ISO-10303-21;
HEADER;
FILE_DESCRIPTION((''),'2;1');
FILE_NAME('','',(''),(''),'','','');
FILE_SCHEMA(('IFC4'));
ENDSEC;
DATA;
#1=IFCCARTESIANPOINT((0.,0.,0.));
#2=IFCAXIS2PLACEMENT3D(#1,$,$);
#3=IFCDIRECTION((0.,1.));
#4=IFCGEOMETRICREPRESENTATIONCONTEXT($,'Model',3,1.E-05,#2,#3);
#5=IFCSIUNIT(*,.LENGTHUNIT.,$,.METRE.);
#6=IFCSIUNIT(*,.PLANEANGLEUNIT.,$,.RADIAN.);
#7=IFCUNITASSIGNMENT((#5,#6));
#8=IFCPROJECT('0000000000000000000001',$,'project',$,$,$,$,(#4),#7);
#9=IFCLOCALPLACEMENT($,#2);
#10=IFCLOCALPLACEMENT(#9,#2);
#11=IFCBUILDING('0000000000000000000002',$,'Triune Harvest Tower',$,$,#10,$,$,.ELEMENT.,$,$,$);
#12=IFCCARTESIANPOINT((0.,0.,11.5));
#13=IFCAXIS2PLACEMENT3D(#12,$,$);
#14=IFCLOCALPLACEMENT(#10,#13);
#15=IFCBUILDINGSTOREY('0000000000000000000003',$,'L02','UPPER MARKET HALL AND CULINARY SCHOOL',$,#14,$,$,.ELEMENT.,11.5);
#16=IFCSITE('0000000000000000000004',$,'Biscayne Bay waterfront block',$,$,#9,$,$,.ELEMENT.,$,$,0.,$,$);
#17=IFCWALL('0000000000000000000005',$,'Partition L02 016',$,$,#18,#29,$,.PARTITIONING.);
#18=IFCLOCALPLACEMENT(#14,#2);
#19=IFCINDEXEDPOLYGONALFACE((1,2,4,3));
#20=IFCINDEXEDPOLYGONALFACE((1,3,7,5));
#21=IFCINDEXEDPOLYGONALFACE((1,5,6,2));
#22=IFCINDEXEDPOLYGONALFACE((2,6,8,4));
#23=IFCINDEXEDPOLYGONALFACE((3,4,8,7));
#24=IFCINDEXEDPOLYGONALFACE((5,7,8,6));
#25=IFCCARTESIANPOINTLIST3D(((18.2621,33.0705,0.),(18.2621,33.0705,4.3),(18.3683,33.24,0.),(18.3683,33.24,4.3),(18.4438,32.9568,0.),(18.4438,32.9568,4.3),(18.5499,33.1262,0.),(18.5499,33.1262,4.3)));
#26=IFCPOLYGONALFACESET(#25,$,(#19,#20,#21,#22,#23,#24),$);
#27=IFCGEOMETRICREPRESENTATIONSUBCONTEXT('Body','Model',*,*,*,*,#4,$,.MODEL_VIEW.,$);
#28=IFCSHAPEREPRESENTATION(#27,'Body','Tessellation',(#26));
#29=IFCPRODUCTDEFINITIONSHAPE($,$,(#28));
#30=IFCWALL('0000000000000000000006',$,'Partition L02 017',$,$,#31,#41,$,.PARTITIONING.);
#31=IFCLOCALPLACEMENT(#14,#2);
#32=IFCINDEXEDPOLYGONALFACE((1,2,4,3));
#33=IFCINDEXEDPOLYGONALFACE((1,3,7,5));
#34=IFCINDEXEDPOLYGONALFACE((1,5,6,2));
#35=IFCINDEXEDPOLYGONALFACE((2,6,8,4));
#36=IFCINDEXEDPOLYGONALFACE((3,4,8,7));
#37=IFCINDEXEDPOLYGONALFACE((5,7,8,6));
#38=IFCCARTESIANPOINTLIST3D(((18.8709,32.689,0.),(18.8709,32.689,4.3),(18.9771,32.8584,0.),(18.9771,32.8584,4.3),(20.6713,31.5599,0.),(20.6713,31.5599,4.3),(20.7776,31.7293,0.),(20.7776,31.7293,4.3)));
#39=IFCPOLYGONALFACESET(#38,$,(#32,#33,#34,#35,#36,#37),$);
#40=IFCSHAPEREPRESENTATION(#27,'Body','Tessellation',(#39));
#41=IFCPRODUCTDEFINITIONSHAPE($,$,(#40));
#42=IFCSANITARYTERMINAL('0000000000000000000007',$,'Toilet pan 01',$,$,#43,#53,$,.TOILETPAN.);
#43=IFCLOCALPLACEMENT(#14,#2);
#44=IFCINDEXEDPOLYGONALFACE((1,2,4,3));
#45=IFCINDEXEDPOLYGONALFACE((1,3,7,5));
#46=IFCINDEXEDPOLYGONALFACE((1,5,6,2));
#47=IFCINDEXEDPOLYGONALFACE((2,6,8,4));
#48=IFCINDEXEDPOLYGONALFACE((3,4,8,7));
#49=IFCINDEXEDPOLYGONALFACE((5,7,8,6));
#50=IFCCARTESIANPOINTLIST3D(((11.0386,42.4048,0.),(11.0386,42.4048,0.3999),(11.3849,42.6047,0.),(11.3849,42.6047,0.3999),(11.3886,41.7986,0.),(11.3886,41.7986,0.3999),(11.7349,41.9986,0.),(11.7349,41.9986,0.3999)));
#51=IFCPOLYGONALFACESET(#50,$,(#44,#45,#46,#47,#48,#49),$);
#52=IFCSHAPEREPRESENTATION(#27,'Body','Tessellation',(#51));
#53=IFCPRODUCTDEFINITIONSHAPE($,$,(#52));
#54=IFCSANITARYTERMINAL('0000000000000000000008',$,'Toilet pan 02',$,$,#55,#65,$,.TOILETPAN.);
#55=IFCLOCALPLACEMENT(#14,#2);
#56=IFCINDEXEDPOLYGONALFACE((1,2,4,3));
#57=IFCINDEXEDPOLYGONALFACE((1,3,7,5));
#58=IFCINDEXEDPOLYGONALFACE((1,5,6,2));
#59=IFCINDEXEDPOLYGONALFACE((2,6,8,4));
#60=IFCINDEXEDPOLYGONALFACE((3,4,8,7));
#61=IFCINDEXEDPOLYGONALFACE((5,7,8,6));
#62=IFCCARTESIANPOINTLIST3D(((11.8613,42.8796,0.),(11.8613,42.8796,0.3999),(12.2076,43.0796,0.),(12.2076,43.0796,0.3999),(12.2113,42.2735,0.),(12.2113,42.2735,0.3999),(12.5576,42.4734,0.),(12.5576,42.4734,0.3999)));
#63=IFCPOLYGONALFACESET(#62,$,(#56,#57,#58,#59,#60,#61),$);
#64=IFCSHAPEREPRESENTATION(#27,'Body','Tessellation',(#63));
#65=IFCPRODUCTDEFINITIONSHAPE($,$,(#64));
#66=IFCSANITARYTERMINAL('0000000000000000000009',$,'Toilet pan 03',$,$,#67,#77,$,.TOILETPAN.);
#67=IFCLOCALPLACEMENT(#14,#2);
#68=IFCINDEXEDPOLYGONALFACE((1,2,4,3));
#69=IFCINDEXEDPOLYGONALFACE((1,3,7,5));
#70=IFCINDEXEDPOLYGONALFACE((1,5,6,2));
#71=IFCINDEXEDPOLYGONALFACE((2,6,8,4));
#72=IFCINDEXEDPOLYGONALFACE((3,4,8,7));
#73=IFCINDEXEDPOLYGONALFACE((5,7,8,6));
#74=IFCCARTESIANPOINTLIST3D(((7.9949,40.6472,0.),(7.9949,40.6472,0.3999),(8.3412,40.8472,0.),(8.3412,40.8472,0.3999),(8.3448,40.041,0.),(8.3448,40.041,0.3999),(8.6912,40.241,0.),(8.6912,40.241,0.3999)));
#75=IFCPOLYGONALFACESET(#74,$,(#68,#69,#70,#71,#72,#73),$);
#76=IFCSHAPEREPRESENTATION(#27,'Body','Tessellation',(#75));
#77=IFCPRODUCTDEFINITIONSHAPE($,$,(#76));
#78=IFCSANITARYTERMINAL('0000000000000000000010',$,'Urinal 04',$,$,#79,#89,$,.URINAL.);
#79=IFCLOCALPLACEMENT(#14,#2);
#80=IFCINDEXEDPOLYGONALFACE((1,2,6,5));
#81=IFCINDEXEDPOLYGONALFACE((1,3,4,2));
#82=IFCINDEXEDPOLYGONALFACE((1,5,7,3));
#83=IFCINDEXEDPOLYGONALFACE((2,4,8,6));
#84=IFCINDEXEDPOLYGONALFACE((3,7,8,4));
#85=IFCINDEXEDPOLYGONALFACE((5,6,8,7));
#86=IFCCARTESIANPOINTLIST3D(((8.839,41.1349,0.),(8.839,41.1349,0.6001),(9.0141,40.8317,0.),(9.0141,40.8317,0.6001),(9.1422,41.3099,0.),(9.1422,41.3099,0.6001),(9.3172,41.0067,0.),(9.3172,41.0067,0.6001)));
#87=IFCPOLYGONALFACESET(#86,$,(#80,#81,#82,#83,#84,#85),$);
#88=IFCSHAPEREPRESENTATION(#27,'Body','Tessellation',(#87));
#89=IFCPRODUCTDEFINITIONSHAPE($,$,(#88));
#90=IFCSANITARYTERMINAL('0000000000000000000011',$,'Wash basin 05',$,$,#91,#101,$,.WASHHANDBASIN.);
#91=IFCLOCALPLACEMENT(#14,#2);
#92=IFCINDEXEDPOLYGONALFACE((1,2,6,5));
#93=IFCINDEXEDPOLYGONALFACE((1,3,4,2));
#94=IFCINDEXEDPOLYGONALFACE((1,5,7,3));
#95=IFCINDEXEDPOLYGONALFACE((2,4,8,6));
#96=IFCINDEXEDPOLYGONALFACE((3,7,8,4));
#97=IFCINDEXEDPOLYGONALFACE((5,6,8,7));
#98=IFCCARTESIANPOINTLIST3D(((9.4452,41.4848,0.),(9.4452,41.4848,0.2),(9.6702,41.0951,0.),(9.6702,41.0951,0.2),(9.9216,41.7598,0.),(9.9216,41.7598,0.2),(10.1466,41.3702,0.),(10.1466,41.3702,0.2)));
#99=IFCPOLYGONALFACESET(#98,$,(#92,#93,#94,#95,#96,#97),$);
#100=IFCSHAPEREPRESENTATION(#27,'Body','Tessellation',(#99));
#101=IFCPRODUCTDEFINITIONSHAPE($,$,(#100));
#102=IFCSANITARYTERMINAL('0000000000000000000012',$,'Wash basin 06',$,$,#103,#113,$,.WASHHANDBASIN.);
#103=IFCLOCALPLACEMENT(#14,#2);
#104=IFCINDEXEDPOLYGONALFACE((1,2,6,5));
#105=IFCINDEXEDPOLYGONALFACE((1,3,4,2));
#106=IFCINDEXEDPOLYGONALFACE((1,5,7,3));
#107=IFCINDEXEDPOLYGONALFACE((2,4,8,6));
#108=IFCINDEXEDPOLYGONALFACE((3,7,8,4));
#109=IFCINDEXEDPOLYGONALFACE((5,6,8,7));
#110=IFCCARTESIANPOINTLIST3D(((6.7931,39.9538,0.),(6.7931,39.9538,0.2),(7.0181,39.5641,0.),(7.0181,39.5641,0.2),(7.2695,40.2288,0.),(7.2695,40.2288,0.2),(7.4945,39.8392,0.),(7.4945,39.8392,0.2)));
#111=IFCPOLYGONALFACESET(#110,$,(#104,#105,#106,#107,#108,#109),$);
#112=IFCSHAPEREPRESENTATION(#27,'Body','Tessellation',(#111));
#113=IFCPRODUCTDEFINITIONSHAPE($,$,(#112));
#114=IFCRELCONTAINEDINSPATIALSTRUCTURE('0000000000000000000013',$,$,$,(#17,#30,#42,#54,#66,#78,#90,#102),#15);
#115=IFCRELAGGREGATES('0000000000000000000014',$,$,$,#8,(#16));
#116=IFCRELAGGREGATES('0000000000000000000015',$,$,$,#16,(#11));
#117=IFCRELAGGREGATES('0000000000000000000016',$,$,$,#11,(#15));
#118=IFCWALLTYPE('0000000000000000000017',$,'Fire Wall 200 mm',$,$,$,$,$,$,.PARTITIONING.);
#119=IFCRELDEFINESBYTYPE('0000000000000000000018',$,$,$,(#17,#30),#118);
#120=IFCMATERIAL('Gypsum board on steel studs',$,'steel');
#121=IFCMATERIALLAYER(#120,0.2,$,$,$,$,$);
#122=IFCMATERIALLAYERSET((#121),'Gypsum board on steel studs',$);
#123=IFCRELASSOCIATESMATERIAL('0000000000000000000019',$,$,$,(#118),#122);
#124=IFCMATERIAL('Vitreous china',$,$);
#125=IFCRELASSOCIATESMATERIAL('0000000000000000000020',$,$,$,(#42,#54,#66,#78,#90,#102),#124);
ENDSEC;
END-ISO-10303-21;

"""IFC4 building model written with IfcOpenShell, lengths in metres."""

from ifc_helpers import new_model, si_unit, direction, frame, frame_2d, origin, origin_2d, place, context, subcontext, project, spatial, rectangle, extrude, source, transform, mapped, material, layer, layer_set, type_object, element, save


model = new_model("IFC4")

# Units and contexts
model_context = context("Model", 3, precision=1e-05, world=origin(), true_north=direction((0.0, 1.0)))
body_context = subcontext(model_context, "Body", "Model", "MODEL_VIEW")
ifc_project = project(units=[si_unit("LENGTHUNIT", "METRE"), si_unit("PLANEANGLEUNIT", "RADIAN")], contexts=[model_context])

# Site, building, storey
site_placement = place(None, origin())
site = spatial("IfcSite", under=ifc_project, at=site_placement, Name="Biscayne Bay waterfront block", CompositionType="ELEMENT", RefElevation=0.0)
building_placement = place(site_placement, origin())
building = spatial("IfcBuilding", under=site, at=building_placement, Name="Triune Harvest Tower", CompositionType="ELEMENT")
storey_placement = place(building_placement, frame((0.0, 0.0, 11.5)))
storey = spatial("IfcBuildingStorey", under=building, at=storey_placement, Name="L02", Description="UPPER MARKET HALL AND CULINARY SCHOOL", CompositionType="ELEMENT", Elevation=11.5)

# Walls
ifc_material_1 = material(Name="Gypsum board on steel studs", Category="steel")
ifc_layer_1 = layer(ifc_material_1, 0.2)
ifc_layer_set_1 = layer_set([ifc_layer_1], Name="Gypsum board on steel studs")
wall_type_1 = type_object("IfcWallType", Name="Fire Wall 200 mm", PredefinedType="PARTITIONING", material=ifc_layer_set_1)
wall_1_placement = place(storey_placement, frame((18.3152, 33.1553, 0.0), z_axis=(0.0, 0.0, 1.0), x_axis=(0.847486, -0.530818, 0.0)))
element("IfcWall", 1, at=wall_1_placement, inside=storey, type_object=wall_type_1, Name="Partition L02 016", PredefinedType="PARTITIONING", context=body_context, shape_type="SweptSolid", body=[
    extrude(rectangle(XDim=0.2144, YDim=0.2, at=frame_2d((0.1072, 0.0))), origin(), (0.0, 0.0, 1.0), 4.3),
])
wall_2_placement = place(storey_placement, frame((18.9241, 32.7737, 0.0), z_axis=(0.0, 0.0, 1.0), x_axis=(0.847191, -0.531289, 0.0)))
element("IfcWall", 2, at=wall_2_placement, inside=storey, type_object=wall_type_1, Name="Partition L02 017", PredefinedType="PARTITIONING", context=body_context, shape_type="SweptSolid", body=[
    extrude(rectangle(XDim=2.1252, YDim=0.2, at=frame_2d((1.0625, 0.0))), origin(), (0.0, 0.0, 1.0), 4.3),
])

# Sanitary terminals
ifc_material_2 = material(Name="Vitreous china")
shared_shape_1 = source(origin(), body_context, "Body", "SweptSolid", [
    extrude(rectangle(XDim=0.3999, YDim=0.7, at=origin_2d()), origin(), (0.0, 0.0, 1.0), 0.3999),
])
for number, where, z_axis, x_axis, name in (
    (3, (11.3867, 42.2017, 0.0), (0.0, 0.0, 1.0), (0.866017, 0.500015, 0.0), "Toilet pan 01"),
    (4, (12.2095, 42.6765, 0.0), (0.0, 0.0, 1.0), (0.866017, 0.500015, 0.0), "Toilet pan 02"),
    (5, (8.343, 40.4441, 0.0), (0.0, 0.0, 1.0), (0.866025, 0.5, 0.0), "Toilet pan 03"),
):
    element("IfcSanitaryTerminal", number, at=place(storey_placement, frame(where, z_axis=z_axis, x_axis=x_axis)), inside=storey, material=ifc_material_2, Name=name, PredefinedType="TOILETPAN", context=body_context, shape_type="MappedRepresentation", body=[
        mapped(shared_shape_1, transform((0.0, 0.0, 0.0), scale=1.0)),
    ])
shared_shape_2 = source(origin(), body_context, "Body", "SweptSolid", [
    extrude(rectangle(XDim=0.3501, YDim=0.3501, at=origin_2d()), origin(), (0.0, 0.0, 1.0), 0.6001),
])
sanitary_terminal_placement = place(storey_placement, frame((9.0781, 41.0708, 0.0), z_axis=(0.0, 0.0, 1.0), x_axis=(0.866025, 0.5, 0.0)))
element("IfcSanitaryTerminal", 6, at=sanitary_terminal_placement, inside=storey, material=ifc_material_2, Name="Urinal 04", PredefinedType="URINAL", context=body_context, shape_type="MappedRepresentation", body=[
    mapped(shared_shape_2, transform((0.0, 0.0, 0.0), scale=1.0)),
])
shared_shape_3 = source(origin(), body_context, "Body", "SweptSolid", [
    extrude(rectangle(XDim=0.55, YDim=0.45, at=origin_2d()), origin(), (0.0, 0.0, 1.0), 0.2),
])
for number, where, z_axis, x_axis, name in (
    (7, (9.7959, 41.4275, 0.0), (0.0, 0.0, 1.0), (0.866025, 0.5, 0.0), "Wash basin 05"),
    (8, (7.1438, 39.8965, 0.0), (0.0, 0.0, 1.0), (0.865999, 0.500045, 0.0), "Wash basin 06"),
):
    element("IfcSanitaryTerminal", number, at=place(storey_placement, frame(where, z_axis=z_axis, x_axis=x_axis)), inside=storey, material=ifc_material_2, Name=name, PredefinedType="WASHHANDBASIN", context=body_context, shape_type="MappedRepresentation", body=[
        mapped(shared_shape_3, transform((0.0, 0.0, 0.0), scale=1.0)),
    ])

save(model, "model.ifc")
